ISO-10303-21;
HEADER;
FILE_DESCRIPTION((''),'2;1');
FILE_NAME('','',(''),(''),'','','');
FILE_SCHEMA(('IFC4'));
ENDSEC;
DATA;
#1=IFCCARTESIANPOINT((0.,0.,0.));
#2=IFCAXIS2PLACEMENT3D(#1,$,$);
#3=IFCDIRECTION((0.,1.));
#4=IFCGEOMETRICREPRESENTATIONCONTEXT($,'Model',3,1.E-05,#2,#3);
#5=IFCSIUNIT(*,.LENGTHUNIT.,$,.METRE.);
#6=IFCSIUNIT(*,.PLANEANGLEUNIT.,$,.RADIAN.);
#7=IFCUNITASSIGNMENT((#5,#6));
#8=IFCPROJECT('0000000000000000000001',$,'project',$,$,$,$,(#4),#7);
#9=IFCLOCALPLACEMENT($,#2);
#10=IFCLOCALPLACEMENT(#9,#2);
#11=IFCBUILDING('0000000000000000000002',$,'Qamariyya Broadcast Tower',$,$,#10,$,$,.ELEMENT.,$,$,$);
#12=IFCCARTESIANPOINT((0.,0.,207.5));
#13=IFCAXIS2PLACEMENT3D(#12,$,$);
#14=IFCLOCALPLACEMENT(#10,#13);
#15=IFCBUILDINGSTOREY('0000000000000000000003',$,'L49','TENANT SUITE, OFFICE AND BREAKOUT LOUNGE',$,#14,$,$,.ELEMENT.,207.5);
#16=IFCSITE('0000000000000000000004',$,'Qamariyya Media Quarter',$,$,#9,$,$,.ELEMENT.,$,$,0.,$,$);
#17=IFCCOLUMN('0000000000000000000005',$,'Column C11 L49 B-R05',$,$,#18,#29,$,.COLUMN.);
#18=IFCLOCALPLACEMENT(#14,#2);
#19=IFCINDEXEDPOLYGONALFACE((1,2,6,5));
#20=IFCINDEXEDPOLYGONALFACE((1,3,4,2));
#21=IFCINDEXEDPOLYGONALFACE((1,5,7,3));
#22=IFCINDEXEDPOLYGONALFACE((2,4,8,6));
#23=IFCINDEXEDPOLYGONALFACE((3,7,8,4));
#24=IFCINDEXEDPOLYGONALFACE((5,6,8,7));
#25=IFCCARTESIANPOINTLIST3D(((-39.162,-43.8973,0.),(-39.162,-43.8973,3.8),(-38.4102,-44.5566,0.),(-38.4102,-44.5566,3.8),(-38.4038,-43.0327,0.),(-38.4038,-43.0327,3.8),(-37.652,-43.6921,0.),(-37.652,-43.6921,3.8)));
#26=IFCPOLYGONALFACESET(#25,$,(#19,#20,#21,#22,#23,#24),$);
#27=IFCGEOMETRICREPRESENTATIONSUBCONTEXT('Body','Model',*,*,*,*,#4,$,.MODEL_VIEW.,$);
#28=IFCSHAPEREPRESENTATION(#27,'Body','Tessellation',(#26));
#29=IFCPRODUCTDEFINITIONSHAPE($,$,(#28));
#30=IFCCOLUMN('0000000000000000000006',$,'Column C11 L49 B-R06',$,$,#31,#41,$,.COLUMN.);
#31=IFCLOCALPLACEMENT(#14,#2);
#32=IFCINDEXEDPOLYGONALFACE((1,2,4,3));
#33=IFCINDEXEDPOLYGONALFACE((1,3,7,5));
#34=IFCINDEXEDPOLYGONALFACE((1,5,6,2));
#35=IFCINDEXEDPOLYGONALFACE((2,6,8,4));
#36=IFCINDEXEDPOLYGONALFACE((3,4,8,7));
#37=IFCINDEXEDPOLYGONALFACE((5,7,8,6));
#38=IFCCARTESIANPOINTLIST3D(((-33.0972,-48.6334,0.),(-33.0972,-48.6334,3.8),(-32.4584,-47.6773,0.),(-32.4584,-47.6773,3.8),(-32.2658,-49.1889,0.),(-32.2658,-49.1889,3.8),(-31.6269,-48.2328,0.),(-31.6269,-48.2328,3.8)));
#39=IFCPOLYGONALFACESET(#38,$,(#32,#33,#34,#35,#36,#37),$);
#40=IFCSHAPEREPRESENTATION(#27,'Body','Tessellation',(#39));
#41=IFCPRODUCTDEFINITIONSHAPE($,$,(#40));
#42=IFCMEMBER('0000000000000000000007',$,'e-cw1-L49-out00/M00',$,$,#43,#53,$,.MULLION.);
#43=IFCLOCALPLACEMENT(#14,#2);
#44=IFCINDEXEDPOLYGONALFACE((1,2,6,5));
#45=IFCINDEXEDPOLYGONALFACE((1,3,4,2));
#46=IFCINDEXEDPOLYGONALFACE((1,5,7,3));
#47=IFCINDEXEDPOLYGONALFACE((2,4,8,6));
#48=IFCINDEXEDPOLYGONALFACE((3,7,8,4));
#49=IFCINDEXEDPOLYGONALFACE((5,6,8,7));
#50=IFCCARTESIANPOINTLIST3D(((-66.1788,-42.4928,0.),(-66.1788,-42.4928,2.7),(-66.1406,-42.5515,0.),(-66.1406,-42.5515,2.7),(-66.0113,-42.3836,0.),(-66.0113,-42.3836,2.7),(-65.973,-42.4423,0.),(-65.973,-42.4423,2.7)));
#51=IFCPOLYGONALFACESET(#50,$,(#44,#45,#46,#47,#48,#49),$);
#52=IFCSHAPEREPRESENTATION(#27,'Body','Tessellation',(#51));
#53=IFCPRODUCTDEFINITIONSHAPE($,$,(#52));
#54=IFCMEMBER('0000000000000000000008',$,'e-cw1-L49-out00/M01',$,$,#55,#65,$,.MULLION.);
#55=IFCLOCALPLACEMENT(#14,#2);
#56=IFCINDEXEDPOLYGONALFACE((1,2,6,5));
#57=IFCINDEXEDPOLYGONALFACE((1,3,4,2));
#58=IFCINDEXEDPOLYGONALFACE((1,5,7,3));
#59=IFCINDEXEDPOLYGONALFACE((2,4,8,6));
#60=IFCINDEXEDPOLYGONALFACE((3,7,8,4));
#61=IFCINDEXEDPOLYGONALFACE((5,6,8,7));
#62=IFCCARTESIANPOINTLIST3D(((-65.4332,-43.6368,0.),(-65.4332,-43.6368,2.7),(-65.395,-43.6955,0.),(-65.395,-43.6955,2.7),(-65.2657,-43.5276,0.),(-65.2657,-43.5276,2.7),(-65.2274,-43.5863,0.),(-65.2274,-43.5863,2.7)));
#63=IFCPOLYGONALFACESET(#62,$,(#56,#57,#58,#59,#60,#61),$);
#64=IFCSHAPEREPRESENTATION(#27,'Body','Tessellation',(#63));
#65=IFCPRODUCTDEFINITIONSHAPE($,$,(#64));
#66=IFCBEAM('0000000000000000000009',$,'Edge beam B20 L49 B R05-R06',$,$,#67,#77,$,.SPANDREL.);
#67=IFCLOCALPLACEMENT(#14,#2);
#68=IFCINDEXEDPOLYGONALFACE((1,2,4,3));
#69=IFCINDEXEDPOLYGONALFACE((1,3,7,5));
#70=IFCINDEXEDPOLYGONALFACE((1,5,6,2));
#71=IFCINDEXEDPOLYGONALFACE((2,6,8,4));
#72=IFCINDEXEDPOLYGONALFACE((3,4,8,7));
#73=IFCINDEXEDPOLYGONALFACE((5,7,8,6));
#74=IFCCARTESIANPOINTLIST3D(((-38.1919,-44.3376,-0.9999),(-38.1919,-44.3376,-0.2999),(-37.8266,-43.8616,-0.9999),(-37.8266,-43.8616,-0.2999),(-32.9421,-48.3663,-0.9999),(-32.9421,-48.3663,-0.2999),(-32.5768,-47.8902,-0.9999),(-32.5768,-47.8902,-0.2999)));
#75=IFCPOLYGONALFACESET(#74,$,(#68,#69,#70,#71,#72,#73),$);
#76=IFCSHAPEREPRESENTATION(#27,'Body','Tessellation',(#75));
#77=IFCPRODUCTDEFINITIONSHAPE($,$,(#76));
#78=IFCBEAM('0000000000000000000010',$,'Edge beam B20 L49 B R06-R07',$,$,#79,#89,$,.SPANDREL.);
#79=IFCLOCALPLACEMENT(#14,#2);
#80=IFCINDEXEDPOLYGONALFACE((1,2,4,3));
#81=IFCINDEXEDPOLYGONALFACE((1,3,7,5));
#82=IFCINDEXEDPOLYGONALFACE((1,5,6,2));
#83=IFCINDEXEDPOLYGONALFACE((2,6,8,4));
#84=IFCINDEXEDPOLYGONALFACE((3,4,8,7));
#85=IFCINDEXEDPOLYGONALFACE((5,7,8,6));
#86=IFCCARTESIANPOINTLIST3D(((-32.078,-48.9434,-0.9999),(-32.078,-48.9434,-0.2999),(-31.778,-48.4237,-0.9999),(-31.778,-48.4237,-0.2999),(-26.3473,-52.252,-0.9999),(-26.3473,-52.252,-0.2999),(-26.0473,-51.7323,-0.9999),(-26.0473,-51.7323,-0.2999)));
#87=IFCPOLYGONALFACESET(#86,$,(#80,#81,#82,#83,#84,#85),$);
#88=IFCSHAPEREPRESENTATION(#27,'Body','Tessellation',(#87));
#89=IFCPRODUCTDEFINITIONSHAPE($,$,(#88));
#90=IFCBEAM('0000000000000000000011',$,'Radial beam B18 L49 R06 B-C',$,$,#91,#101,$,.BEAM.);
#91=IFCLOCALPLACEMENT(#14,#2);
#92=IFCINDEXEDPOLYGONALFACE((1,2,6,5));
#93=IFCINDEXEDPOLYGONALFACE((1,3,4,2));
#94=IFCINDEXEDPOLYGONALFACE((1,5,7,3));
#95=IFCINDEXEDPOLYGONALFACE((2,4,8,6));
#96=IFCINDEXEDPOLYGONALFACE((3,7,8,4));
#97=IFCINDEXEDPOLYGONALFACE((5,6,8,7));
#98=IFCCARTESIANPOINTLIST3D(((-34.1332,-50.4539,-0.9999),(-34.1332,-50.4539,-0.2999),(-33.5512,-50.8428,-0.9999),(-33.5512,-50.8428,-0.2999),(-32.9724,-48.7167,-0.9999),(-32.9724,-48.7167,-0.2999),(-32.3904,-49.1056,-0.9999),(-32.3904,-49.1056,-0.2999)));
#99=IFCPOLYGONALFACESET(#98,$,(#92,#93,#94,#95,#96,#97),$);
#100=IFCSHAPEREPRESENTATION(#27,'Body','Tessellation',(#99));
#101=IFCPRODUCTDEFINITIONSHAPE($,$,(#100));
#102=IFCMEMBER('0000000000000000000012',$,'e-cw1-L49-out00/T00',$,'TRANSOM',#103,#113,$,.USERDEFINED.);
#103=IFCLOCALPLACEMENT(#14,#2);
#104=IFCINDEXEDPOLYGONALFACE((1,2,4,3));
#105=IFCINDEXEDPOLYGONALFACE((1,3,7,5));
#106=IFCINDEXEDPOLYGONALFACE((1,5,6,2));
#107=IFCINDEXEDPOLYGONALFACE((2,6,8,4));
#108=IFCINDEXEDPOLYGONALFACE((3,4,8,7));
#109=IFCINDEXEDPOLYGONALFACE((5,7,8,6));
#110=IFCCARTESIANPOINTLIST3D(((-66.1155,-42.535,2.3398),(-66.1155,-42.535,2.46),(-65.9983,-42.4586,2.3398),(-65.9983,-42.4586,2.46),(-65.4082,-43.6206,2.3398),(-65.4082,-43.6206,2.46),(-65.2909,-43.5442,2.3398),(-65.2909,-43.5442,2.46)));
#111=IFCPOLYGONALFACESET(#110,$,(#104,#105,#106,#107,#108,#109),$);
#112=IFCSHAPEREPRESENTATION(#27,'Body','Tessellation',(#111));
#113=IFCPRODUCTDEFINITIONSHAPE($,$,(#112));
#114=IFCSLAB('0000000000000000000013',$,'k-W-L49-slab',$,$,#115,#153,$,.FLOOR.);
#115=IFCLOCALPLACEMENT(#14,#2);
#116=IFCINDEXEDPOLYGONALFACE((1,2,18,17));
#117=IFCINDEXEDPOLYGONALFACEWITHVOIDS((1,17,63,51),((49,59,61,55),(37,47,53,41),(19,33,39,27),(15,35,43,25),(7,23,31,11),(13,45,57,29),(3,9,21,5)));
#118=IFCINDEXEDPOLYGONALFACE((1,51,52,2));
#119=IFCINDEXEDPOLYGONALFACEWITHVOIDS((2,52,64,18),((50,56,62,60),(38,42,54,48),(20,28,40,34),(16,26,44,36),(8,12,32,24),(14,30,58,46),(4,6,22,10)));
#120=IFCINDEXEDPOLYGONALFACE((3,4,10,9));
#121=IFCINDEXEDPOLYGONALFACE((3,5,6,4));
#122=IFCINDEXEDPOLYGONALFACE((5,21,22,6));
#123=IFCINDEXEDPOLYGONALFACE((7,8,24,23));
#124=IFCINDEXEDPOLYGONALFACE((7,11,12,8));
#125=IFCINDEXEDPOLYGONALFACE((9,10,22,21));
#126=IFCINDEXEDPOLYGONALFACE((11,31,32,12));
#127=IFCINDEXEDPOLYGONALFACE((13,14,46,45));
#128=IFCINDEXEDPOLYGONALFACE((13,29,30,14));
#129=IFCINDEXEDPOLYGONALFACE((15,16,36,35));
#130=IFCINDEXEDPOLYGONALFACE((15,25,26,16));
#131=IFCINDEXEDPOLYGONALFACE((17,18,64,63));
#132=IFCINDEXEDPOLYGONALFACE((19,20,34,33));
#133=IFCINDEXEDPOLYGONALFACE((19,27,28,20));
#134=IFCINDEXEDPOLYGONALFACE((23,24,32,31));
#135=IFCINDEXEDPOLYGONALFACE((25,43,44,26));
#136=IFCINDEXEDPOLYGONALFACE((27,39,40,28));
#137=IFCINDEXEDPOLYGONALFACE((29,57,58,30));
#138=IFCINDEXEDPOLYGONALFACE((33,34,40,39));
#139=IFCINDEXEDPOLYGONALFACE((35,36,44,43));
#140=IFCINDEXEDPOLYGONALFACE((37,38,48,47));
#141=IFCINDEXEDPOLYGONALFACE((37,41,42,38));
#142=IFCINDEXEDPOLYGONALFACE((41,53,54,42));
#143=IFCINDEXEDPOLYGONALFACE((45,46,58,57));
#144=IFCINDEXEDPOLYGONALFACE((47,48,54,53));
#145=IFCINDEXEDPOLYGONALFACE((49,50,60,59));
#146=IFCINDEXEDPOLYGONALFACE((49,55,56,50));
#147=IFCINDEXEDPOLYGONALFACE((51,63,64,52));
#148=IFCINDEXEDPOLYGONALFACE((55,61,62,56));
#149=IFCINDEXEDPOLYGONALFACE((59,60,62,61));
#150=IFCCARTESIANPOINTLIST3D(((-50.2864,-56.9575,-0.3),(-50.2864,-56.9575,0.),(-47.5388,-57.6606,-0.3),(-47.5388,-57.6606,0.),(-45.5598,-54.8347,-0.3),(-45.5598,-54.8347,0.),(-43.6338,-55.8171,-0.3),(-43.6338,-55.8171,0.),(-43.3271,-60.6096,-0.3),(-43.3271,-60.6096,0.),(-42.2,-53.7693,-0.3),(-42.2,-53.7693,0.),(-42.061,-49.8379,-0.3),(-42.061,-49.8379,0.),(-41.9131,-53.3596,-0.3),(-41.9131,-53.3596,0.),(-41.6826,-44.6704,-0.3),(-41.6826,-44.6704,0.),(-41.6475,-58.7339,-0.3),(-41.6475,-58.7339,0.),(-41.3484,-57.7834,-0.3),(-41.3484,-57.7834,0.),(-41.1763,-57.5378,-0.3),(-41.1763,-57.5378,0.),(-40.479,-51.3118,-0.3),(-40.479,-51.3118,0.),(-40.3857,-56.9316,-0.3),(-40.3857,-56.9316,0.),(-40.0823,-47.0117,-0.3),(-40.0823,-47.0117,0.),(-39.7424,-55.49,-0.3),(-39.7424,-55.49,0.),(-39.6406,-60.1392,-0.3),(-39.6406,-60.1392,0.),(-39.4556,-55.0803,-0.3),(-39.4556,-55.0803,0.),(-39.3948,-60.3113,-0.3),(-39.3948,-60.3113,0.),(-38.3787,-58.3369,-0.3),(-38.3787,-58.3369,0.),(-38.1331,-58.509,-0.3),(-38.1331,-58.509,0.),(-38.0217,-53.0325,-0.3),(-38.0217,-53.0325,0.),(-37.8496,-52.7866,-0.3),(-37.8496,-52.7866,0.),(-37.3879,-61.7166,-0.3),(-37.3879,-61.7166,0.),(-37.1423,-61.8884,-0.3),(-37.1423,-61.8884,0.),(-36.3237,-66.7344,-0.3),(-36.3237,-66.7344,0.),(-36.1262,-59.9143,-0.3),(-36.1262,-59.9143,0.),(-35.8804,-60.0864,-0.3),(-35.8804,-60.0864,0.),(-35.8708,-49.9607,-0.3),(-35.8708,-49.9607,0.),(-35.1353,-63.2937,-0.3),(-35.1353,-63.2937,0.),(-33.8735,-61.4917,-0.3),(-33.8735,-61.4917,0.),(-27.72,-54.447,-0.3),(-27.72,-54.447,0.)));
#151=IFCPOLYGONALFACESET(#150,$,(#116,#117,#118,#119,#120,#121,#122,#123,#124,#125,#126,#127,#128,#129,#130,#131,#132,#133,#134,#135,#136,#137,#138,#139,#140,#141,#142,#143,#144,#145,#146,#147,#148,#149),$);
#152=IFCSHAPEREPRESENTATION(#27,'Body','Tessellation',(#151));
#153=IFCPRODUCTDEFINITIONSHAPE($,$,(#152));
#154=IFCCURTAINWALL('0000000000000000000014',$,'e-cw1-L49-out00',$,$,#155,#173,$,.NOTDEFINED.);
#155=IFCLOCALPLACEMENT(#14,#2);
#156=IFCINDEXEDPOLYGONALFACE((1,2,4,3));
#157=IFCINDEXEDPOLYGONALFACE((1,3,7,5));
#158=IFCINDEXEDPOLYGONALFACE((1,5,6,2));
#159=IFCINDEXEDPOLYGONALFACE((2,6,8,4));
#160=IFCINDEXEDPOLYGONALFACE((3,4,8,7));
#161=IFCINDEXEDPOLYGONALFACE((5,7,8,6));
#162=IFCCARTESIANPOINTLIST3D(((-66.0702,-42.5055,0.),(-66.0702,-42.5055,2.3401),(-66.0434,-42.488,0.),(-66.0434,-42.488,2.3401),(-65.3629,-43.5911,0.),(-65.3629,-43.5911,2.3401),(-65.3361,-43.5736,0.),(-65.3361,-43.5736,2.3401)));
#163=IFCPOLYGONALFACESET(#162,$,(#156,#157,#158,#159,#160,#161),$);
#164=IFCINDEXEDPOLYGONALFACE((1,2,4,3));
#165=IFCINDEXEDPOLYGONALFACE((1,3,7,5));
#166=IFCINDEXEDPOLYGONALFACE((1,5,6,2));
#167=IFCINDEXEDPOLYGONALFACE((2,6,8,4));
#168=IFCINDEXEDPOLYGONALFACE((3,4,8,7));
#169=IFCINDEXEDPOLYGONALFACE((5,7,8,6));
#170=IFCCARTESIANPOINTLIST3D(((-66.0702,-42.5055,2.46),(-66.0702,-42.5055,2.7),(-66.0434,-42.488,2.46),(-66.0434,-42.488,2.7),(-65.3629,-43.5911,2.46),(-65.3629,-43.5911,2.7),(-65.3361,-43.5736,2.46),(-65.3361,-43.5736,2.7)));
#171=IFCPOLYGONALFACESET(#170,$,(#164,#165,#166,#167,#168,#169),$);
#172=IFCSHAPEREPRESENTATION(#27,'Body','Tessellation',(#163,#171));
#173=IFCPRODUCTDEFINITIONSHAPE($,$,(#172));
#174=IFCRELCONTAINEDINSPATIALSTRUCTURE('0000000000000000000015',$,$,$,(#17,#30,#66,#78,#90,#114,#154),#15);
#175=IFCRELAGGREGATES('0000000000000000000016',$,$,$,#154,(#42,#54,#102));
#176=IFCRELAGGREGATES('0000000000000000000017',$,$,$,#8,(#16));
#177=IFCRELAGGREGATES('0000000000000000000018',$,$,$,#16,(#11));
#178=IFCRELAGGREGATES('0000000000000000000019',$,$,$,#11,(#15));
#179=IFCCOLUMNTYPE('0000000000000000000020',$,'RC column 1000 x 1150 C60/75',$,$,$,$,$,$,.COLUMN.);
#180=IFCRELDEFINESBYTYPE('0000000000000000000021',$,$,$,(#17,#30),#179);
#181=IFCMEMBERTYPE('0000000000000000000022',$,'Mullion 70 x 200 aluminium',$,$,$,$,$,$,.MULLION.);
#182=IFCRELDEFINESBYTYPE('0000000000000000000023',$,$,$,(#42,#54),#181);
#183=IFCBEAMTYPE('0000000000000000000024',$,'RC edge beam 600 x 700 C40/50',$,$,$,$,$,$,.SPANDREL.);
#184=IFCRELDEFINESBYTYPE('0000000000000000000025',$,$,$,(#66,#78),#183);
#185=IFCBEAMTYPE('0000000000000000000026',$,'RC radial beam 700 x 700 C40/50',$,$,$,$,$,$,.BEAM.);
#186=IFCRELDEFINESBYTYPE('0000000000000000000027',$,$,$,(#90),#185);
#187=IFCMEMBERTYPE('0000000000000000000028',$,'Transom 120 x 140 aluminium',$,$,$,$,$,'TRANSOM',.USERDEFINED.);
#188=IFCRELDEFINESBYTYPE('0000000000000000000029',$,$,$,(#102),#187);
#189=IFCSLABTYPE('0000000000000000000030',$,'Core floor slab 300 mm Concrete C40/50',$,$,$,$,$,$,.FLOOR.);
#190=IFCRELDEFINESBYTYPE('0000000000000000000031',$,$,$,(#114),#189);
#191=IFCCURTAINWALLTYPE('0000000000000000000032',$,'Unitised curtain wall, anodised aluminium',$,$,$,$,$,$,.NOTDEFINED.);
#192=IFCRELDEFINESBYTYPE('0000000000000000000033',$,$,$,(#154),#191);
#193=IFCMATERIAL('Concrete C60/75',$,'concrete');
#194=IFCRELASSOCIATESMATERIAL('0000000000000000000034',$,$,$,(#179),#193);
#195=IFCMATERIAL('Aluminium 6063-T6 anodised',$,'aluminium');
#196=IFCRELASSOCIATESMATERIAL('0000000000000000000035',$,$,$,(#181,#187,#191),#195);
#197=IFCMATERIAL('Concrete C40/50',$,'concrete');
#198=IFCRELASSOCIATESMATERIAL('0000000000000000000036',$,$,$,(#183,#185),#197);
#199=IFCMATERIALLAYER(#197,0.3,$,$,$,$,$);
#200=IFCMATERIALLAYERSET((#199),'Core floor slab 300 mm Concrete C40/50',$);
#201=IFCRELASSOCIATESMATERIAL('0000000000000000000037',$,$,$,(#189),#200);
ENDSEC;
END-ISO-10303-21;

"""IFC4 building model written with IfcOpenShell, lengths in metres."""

from ifc_helpers import new_model, si_unit, direction, frame, origin, origin_2d, place, context, subcontext, project, spatial, polyline, rectangle, outline, extrude, material, layer, layer_set, material_profile, profile_set, type_object, element, aggregate, save


model = new_model("IFC4")

# Units and contexts
model_context = context("Model", 3, precision=1e-05, world=origin(), true_north=direction((0.0, 1.0)))
body_context = subcontext(model_context, "Body", "Model", "MODEL_VIEW")
ifc_project = project(units=[si_unit("LENGTHUNIT", "METRE"), si_unit("PLANEANGLEUNIT", "RADIAN")], contexts=[model_context])

# Site, building, storey
site_placement = place(None, origin())
site = spatial("IfcSite", under=ifc_project, at=site_placement, Name="Qamariyya Media Quarter", CompositionType="ELEMENT", RefElevation=0.0)
building_placement = place(site_placement, origin())
building = spatial("IfcBuilding", under=site, at=building_placement, Name="Qamariyya Broadcast Tower", CompositionType="ELEMENT")
storey_placement = place(building_placement, frame((0.0, 0.0, 207.5)))
storey = spatial("IfcBuildingStorey", under=building, at=storey_placement, Name="L49", Description="TENANT SUITE, OFFICE AND BREAKOUT LOUNGE", CompositionType="ELEMENT", Elevation=207.5)

# Columns
ifc_material_1 = material(Name="Concrete C60/75", Category="concrete")
ifc_material_profile_1 = material_profile(ifc_material_1, rectangle(XDim=1.0, YDim=1.1499, at=origin_2d()))
ifc_profile_set_1 = profile_set([ifc_material_profile_1], Name="Concrete C60/75")
column_type = type_object("IfcColumnType", Name="RC column 1000 x 1150 C60/75", PredefinedType="COLUMN", material=ifc_profile_set_1)
for number, where, z_axis, x_axis, name in (
    (1, (-38.407, -43.7947, 0.0), (0.0, 0.0, 1.0), (0.75184, -0.659346, 0.0), "Column C11 L49 B-R05"),
    (2, (-32.3621, -48.4331, 0.0), (0.0, 0.0, 1.0), (0.83147, -0.55557, 0.0), "Column C11 L49 B-R06"),
):
    element("IfcColumn", number, at=place(storey_placement, frame(where, z_axis=z_axis, x_axis=x_axis)), inside=storey, type_object=column_type, Name=name, PredefinedType="COLUMN", context=body_context, shape_type="SweptSolid", body=[
        extrude(rectangle(XDim=1.0, YDim=1.1499, at=origin_2d()), origin(), (0.0, 0.0, 1.0), 3.8),
    ])

# Members
ifc_material_2 = material(Name="Aluminium 6063-T6 anodised", Category="aluminium")
ifc_material_profile_2 = material_profile(ifc_material_2, rectangle(XDim=0.2, YDim=0.0701, at=origin_2d()))
ifc_profile_set_2 = profile_set([ifc_material_profile_2], Name="Aluminium 6063-T6 anodised")
member_type_1 = type_object("IfcMemberType", Name="Mullion 70 x 200 aluminium", PredefinedType="MULLION", material=ifc_profile_set_2)
member_1_placement = place(storey_placement, frame((-66.0759, -42.4675, 0.0), z_axis=(0.0, 0.0, 1.0), x_axis=(0.837844, 0.545909, 0.0)))
member_1 = element("IfcMember", 3, at=member_1_placement, type_object=member_type_1, Name="e-cw1-L49-out00/M00", PredefinedType="MULLION", context=body_context, shape_type="SweptSolid", body=[
    extrude(rectangle(XDim=0.2, YDim=0.0701, at=origin_2d()), origin(), (0.0, 0.0, 1.0), 2.7),
])
member_2_placement = place(storey_placement, frame((-65.3303, -43.6116, 0.0), z_axis=(0.0, 0.0, 1.0), x_axis=(0.837844, 0.545909, 0.0)))
member_2 = element("IfcMember", 4, at=member_2_placement, type_object=member_type_1, Name="e-cw1-L49-out00/M01", PredefinedType="MULLION", context=body_context, shape_type="SweptSolid", body=[
    extrude(rectangle(XDim=0.2, YDim=0.0701, at=origin_2d()), origin(), (0.0, 0.0, 1.0), 2.7),
])

# Beams
ifc_material_3 = material(Name="Concrete C40/50", Category="concrete")
ifc_material_profile_3 = material_profile(ifc_material_3, rectangle(XDim=0.6001, YDim=0.7, at=origin_2d()))
ifc_profile_set_3 = profile_set([ifc_material_profile_3], Name="Concrete C40/50")
beam_type_1 = type_object("IfcBeamType", Name="RC edge beam 600 x 700 C40/50", PredefinedType="SPANDREL", material=ifc_profile_set_3)
beam_1_placement = place(storey_placement, frame((-38.0093, -44.0996, -0.6499), z_axis=(0.793333, -0.608789, 0.0), x_axis=(0.608789, 0.793333, 0.0)))
element("IfcBeam", 5, at=beam_1_placement, inside=storey, type_object=beam_type_1, Name="Edge beam B20 L49 B R05-R06", PredefinedType="SPANDREL", context=body_context, shape_type="SweptSolid", body=[
    extrude(rectangle(XDim=0.6001, YDim=0.7, at=origin_2d()), origin(), (0.0, 0.0, 1.0), 6.6174),
])
beam_2_placement = place(storey_placement, frame((-31.928, -48.6836, -0.6499), z_axis=(0.866028, -0.499996, 0.0), x_axis=(0.499996, 0.866028, 0.0)))
element("IfcBeam", 6, at=beam_2_placement, inside=storey, type_object=beam_type_1, Name="Edge beam B20 L49 B R06-R07", PredefinedType="SPANDREL", context=body_context, shape_type="SweptSolid", body=[
    extrude(rectangle(XDim=0.6001, YDim=0.7, at=origin_2d()), origin(), (0.0, 0.0, 1.0), 6.6172),
])
ifc_material_profile_4 = material_profile(ifc_material_3, rectangle(XDim=0.7, YDim=0.7, at=origin_2d()))
ifc_profile_set_4 = profile_set([ifc_material_profile_4], Name="Concrete C40/50")
beam_type_2 = type_object("IfcBeamType", Name="RC radial beam 700 x 700 C40/50", PredefinedType="BEAM", material=ifc_profile_set_4)
beam_3_placement = place(storey_placement, frame((-32.6814, -48.9111, -0.6499), z_axis=(-0.55559, -0.831457, 0.0), x_axis=(0.831457, -0.55559, 0.0)))
element("IfcBeam", 7, at=beam_3_placement, inside=storey, type_object=beam_type_2, Name="Radial beam B18 L49 R06 B-C", PredefinedType="BEAM", context=body_context, shape_type="SweptSolid", body=[
    extrude(rectangle(XDim=0.7, YDim=0.7, at=origin_2d()), origin(), (0.0, 0.0, 1.0), 2.0894),
])

# Member
ifc_material_profile_5 = material_profile(ifc_material_2, rectangle(XDim=0.1399, YDim=0.1201, at=origin_2d()))
ifc_profile_set_5 = profile_set([ifc_material_profile_5], Name="Aluminium 6063-T6 anodised")
member_type_2 = type_object("IfcMemberType", Name="Transom 120 x 140 aluminium", ElementType="TRANSOM", PredefinedType="USERDEFINED", material=ifc_profile_set_5)
member_3_placement = place(storey_placement, frame((-66.0569, -42.4968, 2.3999), z_axis=(0.545929, -0.837832, 0.0), x_axis=(0.837832, 0.545929, 0.0)))
member_3 = element("IfcMember", 8, at=member_3_placement, type_object=member_type_2, Name="e-cw1-L49-out00/T00", ObjectType="TRANSOM", PredefinedType="USERDEFINED", context=body_context, shape_type="SweptSolid", body=[
    extrude(rectangle(XDim=0.1399, YDim=0.1201, at=origin_2d()), origin(), (0.0, 0.0, 1.0), 1.2957),
])

# Slab
ifc_layer_1 = layer(ifc_material_3, 0.3)
ifc_layer_set_1 = layer_set([ifc_layer_1], Name="Core floor slab 300 mm Concrete C40/50")
slab_type_1 = type_object("IfcSlabType", Name="Core floor slab 300 mm Concrete C40/50", PredefinedType="FLOOR", material=ifc_layer_set_1)
slab_1_placement = place(storey_placement, frame((0.0, 0.0, -0.3)))
element("IfcSlab", 9, at=slab_1_placement, inside=storey, type_object=slab_type_1, Name="k-W-L49-slab", PredefinedType="FLOOR", context=body_context, shape_type="SweptSolid", body=[
    extrude(outline(polyline([(-50.2864, -56.9575), (-36.3237, -66.7344), (-27.72, -54.447), (-41.6826, -44.6704), (-50.2864, -56.9575)]), holes=[polyline([(-33.8735, -61.4917), (-35.8804, -60.0864), (-37.1423, -61.8884), (-35.1353, -63.2937), (-33.8735, -61.4917)]), polyline([(-36.1262, -59.9143), (-38.1331, -58.509), (-39.3948, -60.3113), (-37.3879, -61.7166), (-36.1262, -59.9143)]), polyline([(-38.3787, -58.3369), (-40.3857, -56.9316), (-41.6475, -58.7339), (-39.6406, -60.1392), (-38.3787, -58.3369)]), polyline([(-39.7424, -55.49), (-42.2, -53.7693), (-43.6338, -55.8171), (-41.1763, -57.5378), (-39.7424, -55.49)]), polyline([(-39.4556, -55.0803), (-41.9131, -53.3596), (-40.479, -51.3118), (-38.0217, -53.0325), (-39.4556, -55.0803)]), polyline([(-42.061, -49.8379), (-37.8496, -52.7866), (-35.8708, -49.9607), (-40.0823, -47.0117), (-42.061, -49.8379)]), polyline([(-47.5388, -57.6606), (-43.3271, -60.6096), (-41.3484, -57.7834), (-45.5598, -54.8347), (-47.5388, -57.6606)])]), origin(), (0.0, 0.0, 1.0), 0.3),
])

# Curtain wall
curtain_wall_type = type_object("IfcCurtainWallType", Name="Unitised curtain wall, anodised aluminium", PredefinedType="NOTDEFINED", material=ifc_material_2)
curtain_wall_placement = place(storey_placement, origin())
curtain_wall = element("IfcCurtainWall", 10, at=curtain_wall_placement, inside=storey, type_object=curtain_wall_type, Name="e-cw1-L49-out00", PredefinedType="NOTDEFINED", context=body_context, shape_type="SweptSolid", body=[
    extrude(rectangle(XDim=1.2957, YDim=0.032, at=origin_2d()), frame((-65.7031, -43.0396, 0.0), x_axis=(0.545879, -0.837864, 0.0)), (0.0, 0.0, 1.0), 2.3401),
    extrude(rectangle(XDim=1.2957, YDim=0.032, at=origin_2d()), frame((-65.7031, -43.0396, 2.46), x_axis=(0.545879, -0.837864, 0.0)), (0.0, 0.0, 1.0), 0.24),
])
aggregate(curtain_wall, [member_1, member_2, member_3])

save(model, "model.ifc")
